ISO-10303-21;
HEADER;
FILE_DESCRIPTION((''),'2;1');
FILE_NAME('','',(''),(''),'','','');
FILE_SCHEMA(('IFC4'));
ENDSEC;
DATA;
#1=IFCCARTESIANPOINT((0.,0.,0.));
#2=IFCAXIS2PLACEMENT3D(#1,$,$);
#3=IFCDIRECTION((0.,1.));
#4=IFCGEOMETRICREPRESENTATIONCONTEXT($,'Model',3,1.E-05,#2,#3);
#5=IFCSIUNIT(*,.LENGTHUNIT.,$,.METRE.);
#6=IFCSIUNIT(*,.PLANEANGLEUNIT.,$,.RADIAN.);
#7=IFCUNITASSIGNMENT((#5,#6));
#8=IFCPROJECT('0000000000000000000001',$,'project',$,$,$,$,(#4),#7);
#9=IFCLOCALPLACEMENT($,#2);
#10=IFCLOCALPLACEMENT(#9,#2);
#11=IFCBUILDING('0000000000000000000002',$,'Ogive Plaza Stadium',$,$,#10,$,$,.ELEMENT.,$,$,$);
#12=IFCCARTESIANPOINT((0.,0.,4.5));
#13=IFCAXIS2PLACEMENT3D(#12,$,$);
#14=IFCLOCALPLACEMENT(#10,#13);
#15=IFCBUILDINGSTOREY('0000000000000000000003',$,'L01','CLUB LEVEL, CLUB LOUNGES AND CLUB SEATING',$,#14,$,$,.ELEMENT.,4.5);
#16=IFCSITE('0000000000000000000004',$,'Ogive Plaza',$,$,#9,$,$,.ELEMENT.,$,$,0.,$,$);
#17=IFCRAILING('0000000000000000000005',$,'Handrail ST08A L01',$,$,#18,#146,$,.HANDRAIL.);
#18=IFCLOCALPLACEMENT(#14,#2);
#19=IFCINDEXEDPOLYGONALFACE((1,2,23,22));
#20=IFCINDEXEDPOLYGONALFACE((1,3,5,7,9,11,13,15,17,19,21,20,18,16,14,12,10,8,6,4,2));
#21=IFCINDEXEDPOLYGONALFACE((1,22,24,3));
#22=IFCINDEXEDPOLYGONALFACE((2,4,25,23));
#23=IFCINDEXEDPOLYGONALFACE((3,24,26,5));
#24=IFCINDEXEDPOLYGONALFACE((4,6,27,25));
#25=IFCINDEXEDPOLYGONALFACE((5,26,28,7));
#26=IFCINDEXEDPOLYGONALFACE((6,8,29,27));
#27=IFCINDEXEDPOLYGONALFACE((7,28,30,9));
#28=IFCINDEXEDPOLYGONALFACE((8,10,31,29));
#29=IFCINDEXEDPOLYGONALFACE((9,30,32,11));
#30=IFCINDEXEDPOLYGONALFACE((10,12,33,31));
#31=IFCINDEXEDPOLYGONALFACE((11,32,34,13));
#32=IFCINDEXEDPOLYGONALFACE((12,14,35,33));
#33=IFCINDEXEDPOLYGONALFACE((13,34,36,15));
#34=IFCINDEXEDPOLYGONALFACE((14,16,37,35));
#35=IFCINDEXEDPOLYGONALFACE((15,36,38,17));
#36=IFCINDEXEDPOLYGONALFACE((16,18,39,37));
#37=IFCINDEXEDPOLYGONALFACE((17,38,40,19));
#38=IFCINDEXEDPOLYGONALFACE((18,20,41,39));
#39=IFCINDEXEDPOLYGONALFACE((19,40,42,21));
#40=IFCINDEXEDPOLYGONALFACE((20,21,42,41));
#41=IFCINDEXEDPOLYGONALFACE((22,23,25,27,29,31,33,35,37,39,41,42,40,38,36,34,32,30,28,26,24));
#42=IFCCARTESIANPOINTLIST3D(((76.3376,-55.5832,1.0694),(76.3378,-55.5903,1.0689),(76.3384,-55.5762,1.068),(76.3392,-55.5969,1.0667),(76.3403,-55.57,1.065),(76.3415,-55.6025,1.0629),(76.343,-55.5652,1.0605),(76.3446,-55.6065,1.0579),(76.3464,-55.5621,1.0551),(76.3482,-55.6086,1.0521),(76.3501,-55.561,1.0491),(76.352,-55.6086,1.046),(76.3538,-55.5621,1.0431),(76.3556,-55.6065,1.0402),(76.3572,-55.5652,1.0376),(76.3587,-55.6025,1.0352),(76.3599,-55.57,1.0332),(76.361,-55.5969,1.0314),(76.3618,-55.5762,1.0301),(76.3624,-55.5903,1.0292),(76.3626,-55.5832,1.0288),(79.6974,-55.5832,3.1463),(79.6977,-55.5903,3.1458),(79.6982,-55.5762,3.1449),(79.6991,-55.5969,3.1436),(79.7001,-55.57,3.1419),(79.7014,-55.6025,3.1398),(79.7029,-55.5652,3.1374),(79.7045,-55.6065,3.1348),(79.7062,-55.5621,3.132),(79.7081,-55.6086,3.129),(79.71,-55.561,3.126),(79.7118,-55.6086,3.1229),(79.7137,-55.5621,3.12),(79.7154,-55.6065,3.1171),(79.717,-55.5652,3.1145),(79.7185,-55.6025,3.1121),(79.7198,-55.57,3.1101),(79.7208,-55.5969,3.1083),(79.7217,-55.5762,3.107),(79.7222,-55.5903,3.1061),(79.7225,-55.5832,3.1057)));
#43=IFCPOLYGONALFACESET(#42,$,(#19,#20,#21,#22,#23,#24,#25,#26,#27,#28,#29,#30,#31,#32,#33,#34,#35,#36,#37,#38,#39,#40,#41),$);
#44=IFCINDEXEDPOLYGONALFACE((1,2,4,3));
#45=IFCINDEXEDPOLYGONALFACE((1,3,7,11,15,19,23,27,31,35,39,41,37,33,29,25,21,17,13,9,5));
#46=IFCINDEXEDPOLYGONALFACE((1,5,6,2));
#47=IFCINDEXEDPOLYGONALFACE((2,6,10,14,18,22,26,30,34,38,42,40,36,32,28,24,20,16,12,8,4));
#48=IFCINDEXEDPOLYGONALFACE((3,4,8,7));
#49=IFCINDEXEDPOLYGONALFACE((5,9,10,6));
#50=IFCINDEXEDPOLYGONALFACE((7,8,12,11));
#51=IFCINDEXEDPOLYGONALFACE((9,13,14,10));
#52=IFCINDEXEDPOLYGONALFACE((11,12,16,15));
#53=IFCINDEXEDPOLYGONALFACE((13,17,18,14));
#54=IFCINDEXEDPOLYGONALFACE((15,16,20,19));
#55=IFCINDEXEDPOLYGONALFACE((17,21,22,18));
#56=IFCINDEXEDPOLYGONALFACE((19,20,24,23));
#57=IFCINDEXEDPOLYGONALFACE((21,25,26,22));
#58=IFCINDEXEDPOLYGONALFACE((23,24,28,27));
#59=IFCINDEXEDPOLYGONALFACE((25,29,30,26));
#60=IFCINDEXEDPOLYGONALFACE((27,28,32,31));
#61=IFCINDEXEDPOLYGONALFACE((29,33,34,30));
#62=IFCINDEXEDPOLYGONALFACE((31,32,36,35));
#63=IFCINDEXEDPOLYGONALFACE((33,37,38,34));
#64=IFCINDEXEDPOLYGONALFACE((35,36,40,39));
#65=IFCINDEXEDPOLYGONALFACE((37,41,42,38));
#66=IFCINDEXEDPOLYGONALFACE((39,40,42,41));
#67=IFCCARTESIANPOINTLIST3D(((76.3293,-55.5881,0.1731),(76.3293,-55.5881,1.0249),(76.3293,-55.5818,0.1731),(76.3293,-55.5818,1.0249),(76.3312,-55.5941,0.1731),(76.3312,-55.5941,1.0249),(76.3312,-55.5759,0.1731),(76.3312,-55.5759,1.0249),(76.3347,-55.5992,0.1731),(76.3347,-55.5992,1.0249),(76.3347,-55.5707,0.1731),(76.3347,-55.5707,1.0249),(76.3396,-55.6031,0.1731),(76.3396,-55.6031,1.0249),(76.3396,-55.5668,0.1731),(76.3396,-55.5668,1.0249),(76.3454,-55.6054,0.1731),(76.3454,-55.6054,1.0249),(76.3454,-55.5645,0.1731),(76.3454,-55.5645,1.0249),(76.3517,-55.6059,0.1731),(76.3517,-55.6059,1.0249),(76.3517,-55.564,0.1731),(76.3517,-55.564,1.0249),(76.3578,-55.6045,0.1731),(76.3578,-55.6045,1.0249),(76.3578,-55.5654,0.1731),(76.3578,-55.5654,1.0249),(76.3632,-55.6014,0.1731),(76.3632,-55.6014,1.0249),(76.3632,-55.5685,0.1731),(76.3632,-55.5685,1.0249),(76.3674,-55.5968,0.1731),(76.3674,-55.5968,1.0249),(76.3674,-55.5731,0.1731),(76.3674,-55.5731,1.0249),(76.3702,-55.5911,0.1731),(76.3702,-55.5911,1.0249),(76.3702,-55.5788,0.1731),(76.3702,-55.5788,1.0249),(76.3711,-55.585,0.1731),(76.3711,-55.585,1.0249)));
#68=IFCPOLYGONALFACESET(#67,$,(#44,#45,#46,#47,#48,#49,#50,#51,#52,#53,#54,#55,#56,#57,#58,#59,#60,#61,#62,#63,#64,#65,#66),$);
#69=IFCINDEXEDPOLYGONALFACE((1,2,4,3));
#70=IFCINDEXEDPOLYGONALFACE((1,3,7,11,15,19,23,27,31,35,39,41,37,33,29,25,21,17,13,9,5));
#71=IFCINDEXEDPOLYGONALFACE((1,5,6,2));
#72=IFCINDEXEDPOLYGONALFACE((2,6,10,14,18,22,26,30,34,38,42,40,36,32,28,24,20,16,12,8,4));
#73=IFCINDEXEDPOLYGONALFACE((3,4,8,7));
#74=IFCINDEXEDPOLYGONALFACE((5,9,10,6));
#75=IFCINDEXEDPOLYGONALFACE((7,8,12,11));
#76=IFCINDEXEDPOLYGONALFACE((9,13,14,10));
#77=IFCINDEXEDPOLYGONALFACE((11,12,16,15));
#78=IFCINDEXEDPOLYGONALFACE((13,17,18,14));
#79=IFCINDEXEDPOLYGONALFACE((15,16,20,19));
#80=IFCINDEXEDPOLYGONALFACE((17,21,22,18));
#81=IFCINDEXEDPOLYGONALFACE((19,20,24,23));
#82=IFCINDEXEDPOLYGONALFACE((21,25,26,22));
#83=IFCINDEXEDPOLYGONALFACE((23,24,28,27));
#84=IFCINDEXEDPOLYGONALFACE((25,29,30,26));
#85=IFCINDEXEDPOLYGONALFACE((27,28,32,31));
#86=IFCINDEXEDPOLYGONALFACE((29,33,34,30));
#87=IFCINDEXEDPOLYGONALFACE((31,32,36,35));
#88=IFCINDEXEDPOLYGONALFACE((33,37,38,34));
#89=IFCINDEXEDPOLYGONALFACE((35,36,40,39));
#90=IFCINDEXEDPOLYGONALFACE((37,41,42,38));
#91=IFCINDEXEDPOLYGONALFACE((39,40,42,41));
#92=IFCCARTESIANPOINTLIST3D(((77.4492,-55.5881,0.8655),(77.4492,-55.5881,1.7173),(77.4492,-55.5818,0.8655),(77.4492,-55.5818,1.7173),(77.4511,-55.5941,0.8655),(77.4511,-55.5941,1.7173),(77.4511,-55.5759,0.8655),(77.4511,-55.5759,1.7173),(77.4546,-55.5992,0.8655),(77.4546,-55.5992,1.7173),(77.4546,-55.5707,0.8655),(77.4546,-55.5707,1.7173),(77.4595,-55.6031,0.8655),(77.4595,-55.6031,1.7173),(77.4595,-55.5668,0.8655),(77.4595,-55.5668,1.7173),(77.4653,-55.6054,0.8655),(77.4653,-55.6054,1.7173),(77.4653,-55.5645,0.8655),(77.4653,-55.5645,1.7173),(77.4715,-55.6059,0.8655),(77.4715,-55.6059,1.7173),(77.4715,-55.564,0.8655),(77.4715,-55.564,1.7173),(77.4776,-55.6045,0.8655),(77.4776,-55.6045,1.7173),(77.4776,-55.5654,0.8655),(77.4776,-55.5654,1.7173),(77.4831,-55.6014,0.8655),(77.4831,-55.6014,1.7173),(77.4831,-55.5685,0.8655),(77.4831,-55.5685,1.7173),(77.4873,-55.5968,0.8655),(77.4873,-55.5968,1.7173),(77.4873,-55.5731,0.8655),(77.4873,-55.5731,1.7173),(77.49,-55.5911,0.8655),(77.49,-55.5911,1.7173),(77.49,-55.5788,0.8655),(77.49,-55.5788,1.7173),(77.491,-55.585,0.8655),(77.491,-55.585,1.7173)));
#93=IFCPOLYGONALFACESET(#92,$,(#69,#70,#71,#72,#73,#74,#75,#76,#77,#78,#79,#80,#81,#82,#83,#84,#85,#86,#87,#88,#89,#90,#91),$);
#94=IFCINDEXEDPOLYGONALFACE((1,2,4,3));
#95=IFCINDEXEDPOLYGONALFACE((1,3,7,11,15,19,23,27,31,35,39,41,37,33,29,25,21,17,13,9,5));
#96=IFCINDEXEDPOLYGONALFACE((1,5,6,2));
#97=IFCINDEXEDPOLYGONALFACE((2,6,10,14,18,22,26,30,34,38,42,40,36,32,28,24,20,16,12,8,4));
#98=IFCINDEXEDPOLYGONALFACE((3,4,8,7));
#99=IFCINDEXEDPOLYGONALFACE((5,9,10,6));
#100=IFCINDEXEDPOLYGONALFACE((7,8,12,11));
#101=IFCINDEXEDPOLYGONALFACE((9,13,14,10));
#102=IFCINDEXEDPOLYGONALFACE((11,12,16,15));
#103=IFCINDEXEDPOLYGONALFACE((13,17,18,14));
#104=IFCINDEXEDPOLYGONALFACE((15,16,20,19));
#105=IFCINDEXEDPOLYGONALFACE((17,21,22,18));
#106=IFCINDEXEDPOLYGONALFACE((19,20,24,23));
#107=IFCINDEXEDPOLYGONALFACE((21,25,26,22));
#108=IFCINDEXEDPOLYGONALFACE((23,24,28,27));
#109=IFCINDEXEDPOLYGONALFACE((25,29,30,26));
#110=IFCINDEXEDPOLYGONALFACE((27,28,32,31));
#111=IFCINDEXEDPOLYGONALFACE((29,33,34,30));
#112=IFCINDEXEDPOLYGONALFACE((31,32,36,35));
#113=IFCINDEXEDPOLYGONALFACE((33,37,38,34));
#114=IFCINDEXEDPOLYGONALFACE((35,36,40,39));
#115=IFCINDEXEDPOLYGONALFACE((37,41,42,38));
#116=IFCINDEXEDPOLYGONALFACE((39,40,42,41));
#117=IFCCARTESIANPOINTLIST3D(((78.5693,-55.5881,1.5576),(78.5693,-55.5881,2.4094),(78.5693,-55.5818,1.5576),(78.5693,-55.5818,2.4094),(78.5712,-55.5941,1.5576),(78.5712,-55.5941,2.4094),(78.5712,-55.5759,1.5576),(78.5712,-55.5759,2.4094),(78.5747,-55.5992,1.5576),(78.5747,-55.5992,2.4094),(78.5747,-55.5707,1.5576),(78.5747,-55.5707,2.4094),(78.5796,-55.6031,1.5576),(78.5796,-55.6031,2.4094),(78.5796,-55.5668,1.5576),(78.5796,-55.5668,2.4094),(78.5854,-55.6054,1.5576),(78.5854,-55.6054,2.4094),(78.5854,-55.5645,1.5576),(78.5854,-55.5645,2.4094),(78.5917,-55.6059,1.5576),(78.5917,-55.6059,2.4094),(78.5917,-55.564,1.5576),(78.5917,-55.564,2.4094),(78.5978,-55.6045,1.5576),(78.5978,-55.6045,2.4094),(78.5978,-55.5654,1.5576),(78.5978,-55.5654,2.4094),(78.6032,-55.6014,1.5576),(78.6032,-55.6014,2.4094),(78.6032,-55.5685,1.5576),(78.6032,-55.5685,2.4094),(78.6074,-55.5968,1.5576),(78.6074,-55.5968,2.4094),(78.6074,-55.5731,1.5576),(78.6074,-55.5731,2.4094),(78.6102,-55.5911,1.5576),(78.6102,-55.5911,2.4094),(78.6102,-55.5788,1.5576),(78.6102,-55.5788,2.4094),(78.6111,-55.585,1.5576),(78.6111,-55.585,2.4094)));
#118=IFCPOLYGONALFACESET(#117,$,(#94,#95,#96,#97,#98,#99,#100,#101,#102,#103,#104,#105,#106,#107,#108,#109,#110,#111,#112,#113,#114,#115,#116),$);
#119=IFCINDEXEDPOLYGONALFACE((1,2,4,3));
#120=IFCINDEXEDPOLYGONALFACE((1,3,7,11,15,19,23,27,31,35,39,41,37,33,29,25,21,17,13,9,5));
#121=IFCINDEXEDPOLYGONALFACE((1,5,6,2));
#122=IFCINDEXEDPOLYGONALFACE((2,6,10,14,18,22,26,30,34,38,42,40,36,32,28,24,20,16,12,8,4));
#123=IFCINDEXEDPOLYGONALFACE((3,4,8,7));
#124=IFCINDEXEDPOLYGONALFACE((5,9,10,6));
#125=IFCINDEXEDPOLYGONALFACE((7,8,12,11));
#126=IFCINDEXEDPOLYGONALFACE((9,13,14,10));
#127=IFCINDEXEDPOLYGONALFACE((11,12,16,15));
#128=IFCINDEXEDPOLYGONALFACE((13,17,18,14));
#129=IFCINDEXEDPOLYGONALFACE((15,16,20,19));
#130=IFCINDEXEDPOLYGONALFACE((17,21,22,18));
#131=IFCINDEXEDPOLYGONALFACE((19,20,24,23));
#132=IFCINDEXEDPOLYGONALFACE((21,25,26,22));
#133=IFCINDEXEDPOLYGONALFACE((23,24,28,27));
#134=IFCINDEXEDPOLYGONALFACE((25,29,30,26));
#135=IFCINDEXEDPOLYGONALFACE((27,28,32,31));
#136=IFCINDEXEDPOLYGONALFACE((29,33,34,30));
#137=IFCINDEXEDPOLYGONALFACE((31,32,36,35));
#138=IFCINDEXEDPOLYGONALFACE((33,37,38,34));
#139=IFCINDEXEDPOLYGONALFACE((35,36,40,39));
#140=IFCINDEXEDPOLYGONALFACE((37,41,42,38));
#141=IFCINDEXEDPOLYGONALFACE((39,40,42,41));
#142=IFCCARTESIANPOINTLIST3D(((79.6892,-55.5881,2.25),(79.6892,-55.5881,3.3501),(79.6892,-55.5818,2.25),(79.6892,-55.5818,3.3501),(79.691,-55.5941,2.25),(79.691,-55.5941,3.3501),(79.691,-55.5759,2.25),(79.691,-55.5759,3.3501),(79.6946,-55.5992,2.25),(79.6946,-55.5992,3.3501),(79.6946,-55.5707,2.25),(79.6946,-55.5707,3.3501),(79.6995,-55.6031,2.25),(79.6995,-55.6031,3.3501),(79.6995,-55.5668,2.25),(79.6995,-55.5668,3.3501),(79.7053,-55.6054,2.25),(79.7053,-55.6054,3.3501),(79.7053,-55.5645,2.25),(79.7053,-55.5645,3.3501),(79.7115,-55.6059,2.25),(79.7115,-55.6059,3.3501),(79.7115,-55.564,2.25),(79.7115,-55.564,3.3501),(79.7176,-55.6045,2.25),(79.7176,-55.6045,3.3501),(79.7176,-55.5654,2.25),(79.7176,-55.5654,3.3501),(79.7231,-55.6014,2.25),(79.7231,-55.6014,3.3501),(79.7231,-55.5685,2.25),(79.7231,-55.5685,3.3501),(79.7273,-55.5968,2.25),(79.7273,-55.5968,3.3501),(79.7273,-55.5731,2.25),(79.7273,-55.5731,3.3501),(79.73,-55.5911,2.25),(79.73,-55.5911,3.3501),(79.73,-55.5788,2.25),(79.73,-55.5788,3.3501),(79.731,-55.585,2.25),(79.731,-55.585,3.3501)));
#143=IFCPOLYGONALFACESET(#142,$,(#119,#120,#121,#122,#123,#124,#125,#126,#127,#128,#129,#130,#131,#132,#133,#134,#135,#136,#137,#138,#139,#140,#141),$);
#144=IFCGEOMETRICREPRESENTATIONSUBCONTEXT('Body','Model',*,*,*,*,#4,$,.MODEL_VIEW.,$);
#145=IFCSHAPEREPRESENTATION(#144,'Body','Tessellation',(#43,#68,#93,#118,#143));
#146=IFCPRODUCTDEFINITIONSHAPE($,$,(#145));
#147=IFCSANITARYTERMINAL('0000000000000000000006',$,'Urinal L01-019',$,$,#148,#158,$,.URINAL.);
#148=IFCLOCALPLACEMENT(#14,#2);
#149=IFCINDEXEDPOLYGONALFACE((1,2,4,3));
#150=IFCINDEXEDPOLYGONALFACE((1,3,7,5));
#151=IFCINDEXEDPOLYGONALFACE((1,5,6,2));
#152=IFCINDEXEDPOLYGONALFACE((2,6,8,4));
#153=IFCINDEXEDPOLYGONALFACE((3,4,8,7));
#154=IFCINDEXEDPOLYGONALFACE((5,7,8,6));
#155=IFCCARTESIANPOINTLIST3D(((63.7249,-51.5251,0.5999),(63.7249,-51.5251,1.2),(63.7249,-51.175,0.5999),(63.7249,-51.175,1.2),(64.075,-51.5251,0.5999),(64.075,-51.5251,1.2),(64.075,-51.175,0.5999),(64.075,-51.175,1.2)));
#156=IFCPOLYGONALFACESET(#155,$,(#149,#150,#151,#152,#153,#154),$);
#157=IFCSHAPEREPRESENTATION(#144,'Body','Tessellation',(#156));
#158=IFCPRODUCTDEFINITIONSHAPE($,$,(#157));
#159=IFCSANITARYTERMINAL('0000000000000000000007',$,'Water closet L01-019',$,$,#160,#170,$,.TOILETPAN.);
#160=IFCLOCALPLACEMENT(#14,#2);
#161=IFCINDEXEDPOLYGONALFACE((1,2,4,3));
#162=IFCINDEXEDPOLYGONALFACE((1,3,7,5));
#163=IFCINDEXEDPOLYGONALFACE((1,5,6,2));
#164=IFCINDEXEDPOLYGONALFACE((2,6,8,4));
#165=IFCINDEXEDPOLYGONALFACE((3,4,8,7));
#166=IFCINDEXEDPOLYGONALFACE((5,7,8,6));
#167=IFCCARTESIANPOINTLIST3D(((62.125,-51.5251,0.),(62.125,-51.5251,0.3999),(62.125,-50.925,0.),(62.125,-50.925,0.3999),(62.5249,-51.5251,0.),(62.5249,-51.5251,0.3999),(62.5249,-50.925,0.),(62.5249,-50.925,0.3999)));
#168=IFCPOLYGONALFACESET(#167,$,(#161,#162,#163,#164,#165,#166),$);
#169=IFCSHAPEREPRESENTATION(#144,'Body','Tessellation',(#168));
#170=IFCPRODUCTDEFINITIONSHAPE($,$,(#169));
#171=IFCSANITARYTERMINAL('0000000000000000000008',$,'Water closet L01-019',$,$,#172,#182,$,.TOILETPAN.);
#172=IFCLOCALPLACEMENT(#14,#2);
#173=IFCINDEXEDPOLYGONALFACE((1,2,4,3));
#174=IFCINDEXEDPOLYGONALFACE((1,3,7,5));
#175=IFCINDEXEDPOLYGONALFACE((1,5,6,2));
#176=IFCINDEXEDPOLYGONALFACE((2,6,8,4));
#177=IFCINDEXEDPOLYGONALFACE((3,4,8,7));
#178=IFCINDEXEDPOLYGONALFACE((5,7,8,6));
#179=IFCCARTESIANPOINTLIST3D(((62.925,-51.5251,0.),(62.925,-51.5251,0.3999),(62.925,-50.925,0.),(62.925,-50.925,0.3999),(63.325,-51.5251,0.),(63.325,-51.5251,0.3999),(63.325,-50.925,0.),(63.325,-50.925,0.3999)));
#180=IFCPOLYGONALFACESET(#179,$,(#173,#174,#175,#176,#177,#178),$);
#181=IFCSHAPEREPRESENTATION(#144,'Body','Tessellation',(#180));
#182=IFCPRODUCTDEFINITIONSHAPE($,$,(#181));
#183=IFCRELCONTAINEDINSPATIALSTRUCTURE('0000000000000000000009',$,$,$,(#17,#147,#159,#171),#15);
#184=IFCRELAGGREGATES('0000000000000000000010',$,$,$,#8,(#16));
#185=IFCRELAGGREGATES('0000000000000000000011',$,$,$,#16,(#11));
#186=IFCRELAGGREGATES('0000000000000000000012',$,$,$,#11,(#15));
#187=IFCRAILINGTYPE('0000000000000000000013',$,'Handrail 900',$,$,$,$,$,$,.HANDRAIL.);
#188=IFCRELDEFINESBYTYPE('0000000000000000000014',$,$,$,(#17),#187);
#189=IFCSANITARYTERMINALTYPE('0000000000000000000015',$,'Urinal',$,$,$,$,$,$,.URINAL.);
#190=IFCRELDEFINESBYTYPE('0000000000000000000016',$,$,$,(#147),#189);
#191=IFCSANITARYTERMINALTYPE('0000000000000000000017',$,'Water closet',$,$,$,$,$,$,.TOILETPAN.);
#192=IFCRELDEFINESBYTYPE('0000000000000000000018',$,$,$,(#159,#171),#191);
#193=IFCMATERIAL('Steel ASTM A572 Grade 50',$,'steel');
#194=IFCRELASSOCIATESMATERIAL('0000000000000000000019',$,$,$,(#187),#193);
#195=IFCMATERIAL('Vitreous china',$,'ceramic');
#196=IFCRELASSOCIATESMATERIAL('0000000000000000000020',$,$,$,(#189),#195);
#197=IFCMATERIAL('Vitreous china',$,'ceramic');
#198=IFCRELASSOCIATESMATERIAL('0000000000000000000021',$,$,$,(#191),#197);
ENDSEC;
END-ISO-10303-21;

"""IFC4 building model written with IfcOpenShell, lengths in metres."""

from ifc_helpers import new_model, si_unit, direction, frame, origin, origin_2d, place, context, subcontext, project, spatial, rectangle, circle, extrude, material, type_object, element, save


model = new_model("IFC4")

# Units and contexts
model_context = context("Model", 3, precision=1e-05, world=origin(), true_north=direction((0.0, 1.0)))
body_context = subcontext(model_context, "Body", "Model", "MODEL_VIEW")
ifc_project = project(units=[si_unit("LENGTHUNIT", "METRE"), si_unit("PLANEANGLEUNIT", "RADIAN")], contexts=[model_context])

# Site, building, storey
site_placement = place(None, origin())
site = spatial("IfcSite", under=ifc_project, at=site_placement, Name="Ogive Plaza", CompositionType="ELEMENT", RefElevation=0.0)
building_placement = place(site_placement, origin())
building = spatial("IfcBuilding", under=site, at=building_placement, Name="Ogive Plaza Stadium", CompositionType="ELEMENT")
storey_placement = place(building_placement, frame((0.0, 0.0, 4.5)))
storey = spatial("IfcBuildingStorey", under=building, at=storey_placement, Name="L01", Description="CLUB LEVEL, CLUB LOUNGES AND CLUB SEATING", CompositionType="ELEMENT", Elevation=4.5)

# Railing
ifc_material_1 = material(Name="Steel ASTM A572 Grade 50", Category="steel")
railing_type_1 = type_object("IfcRailingType", Name="Handrail 900", PredefinedType="HANDRAIL", material=ifc_material_1)
for number, where, name in (
    (1, (76.3501, -55.585, 0.1731), "Handrail ST08A L01"),
):
    element("IfcRailing", number, at=place(storey_placement, frame(where)), inside=storey, type_object=railing_type_1, Name=name, PredefinedType="HANDRAIL", context=body_context, shape_type="SweptSolid", body=[
        extrude(circle(Radius=0.0239, at=origin_2d()), frame((0.0, 0.0, 0.876), z_axis=(0.850606, 0.0, 0.525803), x_axis=(0.0, 1.0, 0.0)), (0.0, 0.0, 1.0), 3.95),
        extrude(circle(Radius=0.021, at=origin_2d()), origin(), (0.0, 0.0, 1.0), 0.8518),
        extrude(circle(Radius=0.021, at=origin_2d()), frame((1.1199, 0.0, 0.6924)), (0.0, 0.0, 1.0), 0.8518),
        extrude(circle(Radius=0.021, at=origin_2d()), frame((2.24, 0.0, 1.3845)), (0.0, 0.0, 1.0), 0.8518),
        extrude(circle(Radius=0.021, at=origin_2d()), frame((3.3599, 0.0, 2.0769)), (0.0, 0.0, 1.0), 1.1001),
    ])

# Sanitary terminals
ifc_material_2 = material(Name="Vitreous china", Category="ceramic")
sanitary_terminal_type_1 = type_object("IfcSanitaryTerminalType", Name="Urinal", PredefinedType="URINAL", material=ifc_material_2)
sanitary_terminal_placement = place(storey_placement, frame((63.8999, -51.3501, 0.5999), z_axis=(0.0, 0.0, 1.0), x_axis=(1.0, 0.0, 0.0)))
element("IfcSanitaryTerminal", 2, at=sanitary_terminal_placement, inside=storey, type_object=sanitary_terminal_type_1, Name="Urinal L01-019", PredefinedType="URINAL", context=body_context, shape_type="SweptSolid", body=[
    extrude(rectangle(XDim=0.3501, YDim=0.3501, at=origin_2d()), origin(), (0.0, 0.0, 1.0), 0.6001),
])
ifc_material_3 = material(Name="Vitreous china", Category="ceramic")
sanitary_terminal_type_2 = type_object("IfcSanitaryTerminalType", Name="Water closet", PredefinedType="TOILETPAN", material=ifc_material_3)
for number, where, z_axis, x_axis, name in (
    (3, (62.325, -51.2251, 0.0), (0.0, 0.0, 1.0), (1.0, 0.0, 0.0), "Water closet L01-019"),
    (4, (63.125, -51.2251, 0.0), (0.0, 0.0, 1.0), (1.0, 0.0, 0.0), "Water closet L01-019"),
):
    element("IfcSanitaryTerminal", number, at=place(storey_placement, frame(where, z_axis=z_axis, x_axis=x_axis)), inside=storey, type_object=sanitary_terminal_type_2, Name=name, PredefinedType="TOILETPAN", context=body_context, shape_type="SweptSolid", body=[
        extrude(rectangle(XDim=0.3999, YDim=0.6001, at=origin_2d()), origin(), (0.0, 0.0, 1.0), 0.3999),
    ])

save(model, "model.ifc")
